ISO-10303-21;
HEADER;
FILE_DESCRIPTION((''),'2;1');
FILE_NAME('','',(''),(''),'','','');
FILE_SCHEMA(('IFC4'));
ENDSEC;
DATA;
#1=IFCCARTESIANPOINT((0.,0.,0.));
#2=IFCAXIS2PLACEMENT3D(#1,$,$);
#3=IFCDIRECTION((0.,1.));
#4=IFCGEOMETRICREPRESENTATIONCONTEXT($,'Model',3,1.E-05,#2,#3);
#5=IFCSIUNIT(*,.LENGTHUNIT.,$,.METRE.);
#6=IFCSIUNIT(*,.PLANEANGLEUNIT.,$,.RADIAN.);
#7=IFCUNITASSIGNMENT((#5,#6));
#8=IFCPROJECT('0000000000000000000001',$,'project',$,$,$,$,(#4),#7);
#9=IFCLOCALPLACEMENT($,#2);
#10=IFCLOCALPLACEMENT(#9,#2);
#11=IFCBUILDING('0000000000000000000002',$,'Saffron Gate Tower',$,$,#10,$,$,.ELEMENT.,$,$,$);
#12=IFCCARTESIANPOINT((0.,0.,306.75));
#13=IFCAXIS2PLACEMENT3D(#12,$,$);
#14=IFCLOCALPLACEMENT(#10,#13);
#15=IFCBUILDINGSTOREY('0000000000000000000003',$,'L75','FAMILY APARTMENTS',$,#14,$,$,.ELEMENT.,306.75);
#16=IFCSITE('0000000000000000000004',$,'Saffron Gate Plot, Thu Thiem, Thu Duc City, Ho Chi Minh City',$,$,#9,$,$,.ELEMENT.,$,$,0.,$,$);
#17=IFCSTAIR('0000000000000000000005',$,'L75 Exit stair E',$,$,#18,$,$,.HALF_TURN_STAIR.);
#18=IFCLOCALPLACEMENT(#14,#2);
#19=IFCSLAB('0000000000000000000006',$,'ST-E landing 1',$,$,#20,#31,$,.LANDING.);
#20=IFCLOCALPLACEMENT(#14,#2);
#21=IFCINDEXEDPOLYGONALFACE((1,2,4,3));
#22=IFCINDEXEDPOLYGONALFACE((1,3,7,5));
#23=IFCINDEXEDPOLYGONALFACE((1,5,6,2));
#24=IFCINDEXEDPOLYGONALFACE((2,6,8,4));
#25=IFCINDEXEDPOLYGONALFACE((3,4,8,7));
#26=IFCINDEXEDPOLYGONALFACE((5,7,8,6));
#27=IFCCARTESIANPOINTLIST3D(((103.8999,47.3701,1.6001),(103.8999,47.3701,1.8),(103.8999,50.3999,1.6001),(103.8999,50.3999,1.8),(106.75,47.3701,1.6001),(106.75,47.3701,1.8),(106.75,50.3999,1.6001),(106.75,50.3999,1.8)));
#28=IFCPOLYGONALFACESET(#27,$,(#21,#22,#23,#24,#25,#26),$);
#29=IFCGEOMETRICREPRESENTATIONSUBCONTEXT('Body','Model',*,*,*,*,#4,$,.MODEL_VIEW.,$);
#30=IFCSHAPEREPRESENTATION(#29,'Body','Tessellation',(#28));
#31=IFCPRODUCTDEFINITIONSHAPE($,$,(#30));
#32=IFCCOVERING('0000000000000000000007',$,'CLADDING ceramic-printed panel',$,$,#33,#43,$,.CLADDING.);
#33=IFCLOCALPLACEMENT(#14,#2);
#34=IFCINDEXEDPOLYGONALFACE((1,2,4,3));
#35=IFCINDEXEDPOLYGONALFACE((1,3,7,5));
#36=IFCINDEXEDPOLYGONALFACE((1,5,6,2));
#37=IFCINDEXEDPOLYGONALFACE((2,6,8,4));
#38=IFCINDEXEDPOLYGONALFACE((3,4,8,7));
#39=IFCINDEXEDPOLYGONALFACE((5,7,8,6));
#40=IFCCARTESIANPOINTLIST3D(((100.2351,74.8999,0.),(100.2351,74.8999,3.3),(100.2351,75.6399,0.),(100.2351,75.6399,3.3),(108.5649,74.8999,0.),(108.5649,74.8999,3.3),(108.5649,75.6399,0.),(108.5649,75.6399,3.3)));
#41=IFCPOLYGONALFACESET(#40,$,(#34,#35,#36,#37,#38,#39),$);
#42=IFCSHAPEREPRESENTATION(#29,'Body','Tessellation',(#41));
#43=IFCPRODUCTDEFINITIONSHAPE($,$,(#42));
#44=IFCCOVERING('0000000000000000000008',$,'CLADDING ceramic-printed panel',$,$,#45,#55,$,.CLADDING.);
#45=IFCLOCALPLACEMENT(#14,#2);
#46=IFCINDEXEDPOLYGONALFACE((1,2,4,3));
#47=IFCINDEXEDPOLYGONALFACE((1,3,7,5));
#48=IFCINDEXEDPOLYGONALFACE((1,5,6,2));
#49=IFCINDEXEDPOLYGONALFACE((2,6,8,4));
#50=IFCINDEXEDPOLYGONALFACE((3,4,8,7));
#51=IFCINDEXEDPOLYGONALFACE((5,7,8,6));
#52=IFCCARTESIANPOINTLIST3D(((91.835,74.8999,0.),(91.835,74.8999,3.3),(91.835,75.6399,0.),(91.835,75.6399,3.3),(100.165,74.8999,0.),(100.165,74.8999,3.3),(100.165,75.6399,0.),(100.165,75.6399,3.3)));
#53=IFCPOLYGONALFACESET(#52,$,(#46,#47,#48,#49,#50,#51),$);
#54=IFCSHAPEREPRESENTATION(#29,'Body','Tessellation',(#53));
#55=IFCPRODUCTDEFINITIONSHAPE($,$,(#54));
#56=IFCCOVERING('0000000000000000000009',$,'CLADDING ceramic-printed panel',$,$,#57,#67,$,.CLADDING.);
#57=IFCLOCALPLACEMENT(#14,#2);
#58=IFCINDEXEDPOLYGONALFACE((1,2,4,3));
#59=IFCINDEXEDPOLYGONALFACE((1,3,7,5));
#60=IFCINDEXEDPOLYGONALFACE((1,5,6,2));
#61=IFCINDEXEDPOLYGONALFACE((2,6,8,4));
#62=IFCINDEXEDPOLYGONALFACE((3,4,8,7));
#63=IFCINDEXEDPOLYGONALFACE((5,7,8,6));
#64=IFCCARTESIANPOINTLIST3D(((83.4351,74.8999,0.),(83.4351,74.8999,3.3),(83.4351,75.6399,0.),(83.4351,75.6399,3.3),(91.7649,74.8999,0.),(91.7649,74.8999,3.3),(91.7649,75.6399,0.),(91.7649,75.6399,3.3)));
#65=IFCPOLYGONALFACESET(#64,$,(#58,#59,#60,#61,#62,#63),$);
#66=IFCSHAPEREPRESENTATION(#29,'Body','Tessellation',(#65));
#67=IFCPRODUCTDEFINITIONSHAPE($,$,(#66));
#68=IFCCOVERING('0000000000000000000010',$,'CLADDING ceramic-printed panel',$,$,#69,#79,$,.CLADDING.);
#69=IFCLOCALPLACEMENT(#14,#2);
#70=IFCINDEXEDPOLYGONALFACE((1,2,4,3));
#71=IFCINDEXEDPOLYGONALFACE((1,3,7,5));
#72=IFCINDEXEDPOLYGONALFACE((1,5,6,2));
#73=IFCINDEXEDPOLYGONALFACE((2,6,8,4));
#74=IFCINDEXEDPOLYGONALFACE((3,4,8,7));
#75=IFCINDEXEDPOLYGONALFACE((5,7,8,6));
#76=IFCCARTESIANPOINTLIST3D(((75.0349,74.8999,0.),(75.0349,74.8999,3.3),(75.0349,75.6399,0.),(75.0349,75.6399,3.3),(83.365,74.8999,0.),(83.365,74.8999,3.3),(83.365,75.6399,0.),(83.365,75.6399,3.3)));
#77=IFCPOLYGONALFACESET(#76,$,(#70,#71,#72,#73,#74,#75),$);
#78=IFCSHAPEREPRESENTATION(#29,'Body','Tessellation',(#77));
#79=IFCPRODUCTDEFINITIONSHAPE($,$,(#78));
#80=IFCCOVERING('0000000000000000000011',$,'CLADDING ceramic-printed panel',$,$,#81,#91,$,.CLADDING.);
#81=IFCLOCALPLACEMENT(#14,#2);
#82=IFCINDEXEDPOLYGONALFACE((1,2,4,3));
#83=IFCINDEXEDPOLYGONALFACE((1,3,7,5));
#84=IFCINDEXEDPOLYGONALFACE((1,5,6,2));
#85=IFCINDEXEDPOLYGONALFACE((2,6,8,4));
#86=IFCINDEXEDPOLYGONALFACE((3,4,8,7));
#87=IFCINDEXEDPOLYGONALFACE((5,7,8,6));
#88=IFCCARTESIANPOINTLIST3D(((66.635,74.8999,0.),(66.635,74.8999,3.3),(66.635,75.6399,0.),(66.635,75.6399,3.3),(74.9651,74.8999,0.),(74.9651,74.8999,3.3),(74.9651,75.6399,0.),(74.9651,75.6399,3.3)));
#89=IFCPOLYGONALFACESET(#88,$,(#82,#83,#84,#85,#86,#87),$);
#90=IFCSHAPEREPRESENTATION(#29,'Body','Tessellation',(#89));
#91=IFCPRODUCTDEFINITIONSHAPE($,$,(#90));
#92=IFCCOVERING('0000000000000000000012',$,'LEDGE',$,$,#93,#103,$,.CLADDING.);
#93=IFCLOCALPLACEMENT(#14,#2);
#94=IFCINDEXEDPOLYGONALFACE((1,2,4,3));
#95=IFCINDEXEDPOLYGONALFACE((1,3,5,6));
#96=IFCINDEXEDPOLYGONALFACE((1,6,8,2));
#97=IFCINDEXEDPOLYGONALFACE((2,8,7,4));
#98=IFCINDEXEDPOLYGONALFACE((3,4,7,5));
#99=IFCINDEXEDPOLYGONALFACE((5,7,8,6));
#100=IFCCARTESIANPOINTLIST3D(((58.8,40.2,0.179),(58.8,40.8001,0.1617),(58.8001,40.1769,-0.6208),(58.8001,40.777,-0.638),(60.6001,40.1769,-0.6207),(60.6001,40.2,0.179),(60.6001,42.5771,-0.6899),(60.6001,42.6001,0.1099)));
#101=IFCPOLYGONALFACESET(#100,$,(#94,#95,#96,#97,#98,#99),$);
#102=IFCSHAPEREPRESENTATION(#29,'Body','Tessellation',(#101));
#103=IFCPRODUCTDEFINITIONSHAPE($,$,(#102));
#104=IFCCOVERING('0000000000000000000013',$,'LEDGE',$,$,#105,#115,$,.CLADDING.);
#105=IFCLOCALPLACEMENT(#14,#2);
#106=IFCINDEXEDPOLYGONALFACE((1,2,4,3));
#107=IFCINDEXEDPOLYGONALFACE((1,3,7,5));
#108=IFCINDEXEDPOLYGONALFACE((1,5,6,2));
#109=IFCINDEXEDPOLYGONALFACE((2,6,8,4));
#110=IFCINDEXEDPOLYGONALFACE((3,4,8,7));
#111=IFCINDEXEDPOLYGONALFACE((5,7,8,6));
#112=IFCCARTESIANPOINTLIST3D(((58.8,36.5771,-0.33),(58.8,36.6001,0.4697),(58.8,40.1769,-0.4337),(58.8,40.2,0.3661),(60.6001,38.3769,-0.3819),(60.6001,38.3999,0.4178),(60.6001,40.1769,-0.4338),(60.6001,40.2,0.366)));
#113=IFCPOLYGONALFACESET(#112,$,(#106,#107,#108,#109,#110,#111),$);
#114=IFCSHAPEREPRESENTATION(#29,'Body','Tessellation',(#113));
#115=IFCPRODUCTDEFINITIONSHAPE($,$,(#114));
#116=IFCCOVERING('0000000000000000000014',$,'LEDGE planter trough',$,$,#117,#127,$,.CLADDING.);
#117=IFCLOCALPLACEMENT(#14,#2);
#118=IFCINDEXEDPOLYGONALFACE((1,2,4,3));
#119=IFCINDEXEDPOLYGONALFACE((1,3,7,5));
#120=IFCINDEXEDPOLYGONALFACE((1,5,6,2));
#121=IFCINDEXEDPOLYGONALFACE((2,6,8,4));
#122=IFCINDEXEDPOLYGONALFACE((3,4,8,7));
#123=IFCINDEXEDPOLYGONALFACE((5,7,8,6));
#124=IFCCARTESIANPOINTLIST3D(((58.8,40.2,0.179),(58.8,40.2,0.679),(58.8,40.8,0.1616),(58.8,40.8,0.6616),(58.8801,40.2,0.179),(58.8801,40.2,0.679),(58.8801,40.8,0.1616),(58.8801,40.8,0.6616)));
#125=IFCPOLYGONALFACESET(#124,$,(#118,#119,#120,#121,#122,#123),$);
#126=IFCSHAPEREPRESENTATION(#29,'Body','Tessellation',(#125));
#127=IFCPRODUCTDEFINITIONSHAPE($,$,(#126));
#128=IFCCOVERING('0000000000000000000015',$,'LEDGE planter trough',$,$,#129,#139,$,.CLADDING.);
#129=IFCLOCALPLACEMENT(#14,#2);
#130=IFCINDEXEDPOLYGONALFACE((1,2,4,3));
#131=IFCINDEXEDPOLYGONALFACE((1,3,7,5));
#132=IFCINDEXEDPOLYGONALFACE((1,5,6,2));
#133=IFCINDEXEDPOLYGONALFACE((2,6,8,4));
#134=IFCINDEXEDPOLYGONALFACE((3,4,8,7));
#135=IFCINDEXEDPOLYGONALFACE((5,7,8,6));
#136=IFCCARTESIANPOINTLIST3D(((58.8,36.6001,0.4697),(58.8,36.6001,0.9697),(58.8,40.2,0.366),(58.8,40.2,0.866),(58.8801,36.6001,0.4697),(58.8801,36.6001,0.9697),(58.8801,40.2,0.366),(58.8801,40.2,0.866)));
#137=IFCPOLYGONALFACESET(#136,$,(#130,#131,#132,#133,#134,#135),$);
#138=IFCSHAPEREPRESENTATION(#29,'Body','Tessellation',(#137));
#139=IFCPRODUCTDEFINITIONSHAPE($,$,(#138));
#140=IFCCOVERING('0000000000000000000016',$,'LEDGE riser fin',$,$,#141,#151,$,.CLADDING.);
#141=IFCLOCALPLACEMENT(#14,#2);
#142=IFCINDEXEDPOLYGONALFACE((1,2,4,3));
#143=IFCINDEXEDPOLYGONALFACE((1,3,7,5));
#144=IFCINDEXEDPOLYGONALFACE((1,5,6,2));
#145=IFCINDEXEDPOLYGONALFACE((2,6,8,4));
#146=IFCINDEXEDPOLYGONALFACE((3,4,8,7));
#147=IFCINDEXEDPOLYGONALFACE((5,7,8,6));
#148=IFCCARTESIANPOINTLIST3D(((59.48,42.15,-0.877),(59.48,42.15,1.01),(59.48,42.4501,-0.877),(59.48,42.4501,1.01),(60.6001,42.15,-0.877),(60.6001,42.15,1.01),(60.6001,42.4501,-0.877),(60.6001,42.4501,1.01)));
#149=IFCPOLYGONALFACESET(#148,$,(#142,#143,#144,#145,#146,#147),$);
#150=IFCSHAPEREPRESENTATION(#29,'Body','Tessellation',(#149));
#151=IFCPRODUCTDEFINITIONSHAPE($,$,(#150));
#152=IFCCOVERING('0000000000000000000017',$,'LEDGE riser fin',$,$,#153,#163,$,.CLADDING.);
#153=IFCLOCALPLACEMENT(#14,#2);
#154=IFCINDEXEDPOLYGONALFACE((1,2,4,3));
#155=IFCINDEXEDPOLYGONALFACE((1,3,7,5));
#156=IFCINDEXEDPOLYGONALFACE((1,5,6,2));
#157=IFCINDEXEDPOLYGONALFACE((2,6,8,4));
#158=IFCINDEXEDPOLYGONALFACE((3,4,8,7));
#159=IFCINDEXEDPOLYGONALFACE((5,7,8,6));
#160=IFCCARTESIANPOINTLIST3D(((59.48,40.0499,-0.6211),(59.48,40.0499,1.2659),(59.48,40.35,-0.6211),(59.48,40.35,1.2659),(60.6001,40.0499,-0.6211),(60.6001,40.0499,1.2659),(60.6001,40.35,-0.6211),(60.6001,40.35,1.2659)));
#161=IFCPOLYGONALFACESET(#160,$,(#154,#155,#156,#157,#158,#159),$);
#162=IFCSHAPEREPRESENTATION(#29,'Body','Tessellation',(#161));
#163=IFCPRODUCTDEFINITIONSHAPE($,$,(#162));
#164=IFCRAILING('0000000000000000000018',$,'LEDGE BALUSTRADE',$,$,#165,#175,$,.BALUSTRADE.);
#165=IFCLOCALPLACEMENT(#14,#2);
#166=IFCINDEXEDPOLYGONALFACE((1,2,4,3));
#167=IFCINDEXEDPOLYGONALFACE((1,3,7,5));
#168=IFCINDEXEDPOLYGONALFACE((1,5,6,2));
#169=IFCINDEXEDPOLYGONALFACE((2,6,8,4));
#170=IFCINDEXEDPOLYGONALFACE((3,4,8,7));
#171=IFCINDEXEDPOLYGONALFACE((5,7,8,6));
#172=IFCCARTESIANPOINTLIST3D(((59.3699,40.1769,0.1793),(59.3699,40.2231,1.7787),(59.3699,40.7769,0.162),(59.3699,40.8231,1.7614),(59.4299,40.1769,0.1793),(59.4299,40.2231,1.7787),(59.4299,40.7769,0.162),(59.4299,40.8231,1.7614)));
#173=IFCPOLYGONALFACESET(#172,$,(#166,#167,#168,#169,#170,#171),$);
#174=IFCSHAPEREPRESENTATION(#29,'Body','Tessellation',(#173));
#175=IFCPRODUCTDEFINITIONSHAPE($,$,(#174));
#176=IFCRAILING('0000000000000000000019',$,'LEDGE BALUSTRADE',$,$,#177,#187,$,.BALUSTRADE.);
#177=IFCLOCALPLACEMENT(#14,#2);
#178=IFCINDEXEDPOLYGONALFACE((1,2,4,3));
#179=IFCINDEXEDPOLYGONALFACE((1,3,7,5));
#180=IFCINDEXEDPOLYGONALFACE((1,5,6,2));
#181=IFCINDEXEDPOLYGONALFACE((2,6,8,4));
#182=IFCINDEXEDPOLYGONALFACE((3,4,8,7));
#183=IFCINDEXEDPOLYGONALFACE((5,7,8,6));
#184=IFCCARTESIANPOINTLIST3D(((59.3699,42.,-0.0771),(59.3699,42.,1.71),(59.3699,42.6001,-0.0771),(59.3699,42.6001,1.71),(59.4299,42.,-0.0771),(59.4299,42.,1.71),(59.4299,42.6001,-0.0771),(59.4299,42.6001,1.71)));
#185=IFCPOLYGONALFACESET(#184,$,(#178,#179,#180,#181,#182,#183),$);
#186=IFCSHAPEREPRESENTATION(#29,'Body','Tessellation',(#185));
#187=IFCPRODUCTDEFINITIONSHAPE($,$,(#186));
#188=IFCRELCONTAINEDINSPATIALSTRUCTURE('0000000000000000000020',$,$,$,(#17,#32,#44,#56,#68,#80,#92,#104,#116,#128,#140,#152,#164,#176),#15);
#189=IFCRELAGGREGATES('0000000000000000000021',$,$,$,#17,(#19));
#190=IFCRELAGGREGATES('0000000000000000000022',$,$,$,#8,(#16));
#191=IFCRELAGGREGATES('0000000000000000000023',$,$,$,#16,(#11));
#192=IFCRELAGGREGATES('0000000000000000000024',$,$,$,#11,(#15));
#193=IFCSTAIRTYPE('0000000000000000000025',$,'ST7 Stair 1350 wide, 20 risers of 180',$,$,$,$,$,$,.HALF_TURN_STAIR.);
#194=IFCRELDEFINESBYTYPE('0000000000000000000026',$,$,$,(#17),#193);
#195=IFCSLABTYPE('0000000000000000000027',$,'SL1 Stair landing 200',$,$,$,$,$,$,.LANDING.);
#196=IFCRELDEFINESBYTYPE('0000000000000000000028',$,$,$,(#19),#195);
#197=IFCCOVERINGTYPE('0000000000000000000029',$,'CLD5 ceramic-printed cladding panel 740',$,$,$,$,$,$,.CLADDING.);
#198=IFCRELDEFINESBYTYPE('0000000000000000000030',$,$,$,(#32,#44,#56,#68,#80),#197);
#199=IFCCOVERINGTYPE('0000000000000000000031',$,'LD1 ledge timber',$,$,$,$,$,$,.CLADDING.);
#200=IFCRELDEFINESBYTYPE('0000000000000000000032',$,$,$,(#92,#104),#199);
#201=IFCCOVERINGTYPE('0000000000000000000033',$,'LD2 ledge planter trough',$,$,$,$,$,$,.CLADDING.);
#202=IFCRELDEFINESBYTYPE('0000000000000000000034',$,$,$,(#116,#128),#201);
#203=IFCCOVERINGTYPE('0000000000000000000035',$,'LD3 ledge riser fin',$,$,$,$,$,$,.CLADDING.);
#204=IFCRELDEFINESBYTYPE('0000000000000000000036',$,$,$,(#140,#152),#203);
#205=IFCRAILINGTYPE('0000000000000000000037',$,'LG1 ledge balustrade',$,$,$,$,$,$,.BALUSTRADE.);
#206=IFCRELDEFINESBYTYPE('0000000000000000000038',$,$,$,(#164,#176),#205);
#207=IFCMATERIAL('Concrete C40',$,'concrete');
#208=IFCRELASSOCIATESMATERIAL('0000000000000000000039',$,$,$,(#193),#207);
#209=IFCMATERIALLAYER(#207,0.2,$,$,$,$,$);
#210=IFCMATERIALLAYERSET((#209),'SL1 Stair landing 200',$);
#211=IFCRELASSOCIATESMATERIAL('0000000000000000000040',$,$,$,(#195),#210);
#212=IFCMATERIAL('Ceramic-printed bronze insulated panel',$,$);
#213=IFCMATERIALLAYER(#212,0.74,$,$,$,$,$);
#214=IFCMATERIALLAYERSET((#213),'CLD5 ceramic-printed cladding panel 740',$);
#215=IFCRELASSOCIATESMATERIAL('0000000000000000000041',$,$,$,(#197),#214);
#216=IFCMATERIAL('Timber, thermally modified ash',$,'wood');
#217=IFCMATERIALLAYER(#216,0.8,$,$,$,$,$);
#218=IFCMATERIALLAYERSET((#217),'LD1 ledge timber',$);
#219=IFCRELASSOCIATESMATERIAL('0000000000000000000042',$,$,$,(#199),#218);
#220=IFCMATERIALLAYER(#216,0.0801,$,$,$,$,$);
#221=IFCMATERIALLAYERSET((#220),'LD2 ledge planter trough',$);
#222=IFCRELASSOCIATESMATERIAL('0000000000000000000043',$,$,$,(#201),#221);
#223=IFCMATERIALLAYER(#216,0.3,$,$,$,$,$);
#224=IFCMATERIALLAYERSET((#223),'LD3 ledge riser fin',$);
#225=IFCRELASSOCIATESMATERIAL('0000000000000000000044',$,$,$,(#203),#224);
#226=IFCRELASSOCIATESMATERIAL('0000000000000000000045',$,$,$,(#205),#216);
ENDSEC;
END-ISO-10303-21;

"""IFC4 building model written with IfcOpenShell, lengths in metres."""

from ifc_helpers import new_model, si_unit, direction, frame, origin, origin_2d, place, context, subcontext, project, spatial, polyline, rectangle, outline, extrude, material, layer, layer_set, type_object, element, aggregate, save


model = new_model("IFC4")

# Units and contexts
model_context = context("Model", 3, precision=1e-05, world=origin(), true_north=direction((0.0, 1.0)))
body_context = subcontext(model_context, "Body", "Model", "MODEL_VIEW")
ifc_project = project(units=[si_unit("LENGTHUNIT", "METRE"), si_unit("PLANEANGLEUNIT", "RADIAN")], contexts=[model_context])

# Site, building, storey
site_placement = place(None, origin())
site = spatial("IfcSite", under=ifc_project, at=site_placement, Name="Saffron Gate Plot, Thu Thiem, Thu Duc City, Ho Chi Minh City", CompositionType="ELEMENT", RefElevation=0.0)
building_placement = place(site_placement, origin())
building = spatial("IfcBuilding", under=site, at=building_placement, Name="Saffron Gate Tower", CompositionType="ELEMENT")
storey_placement = place(building_placement, frame((0.0, 0.0, 306.75)))
storey = spatial("IfcBuildingStorey", under=building, at=storey_placement, Name="L75", Description="FAMILY APARTMENTS", CompositionType="ELEMENT", Elevation=306.75)

# Shared definitions
ifc_material_1 = material(Name="Concrete C40", Category="concrete")

# Stair, slab
stair_type = type_object("IfcStairType", Name="ST7 Stair 1350 wide, 20 risers of 180", PredefinedType="HALF_TURN_STAIR", material=ifc_material_1)
ifc_layer_1 = layer(ifc_material_1, 0.2)
ifc_layer_set_1 = layer_set([ifc_layer_1], Name="SL1 Stair landing 200")
slab_type_1 = type_object("IfcSlabType", Name="SL1 Stair landing 200", PredefinedType="LANDING", material=ifc_layer_set_1)
stair_1_placement = place(storey_placement, origin())
stair_1 = element("IfcStair", 1, at=stair_1_placement, inside=storey, type_object=stair_type, Name="L75 Exit stair E", PredefinedType="HALF_TURN_STAIR")
slab_1_placement = place(storey_placement, frame((0.0, 0.0, 1.6001)))
slab_1 = element("IfcSlab", 2, at=slab_1_placement, type_object=slab_type_1, Name="ST-E landing 1", PredefinedType="LANDING", context=body_context, shape_type="SweptSolid", body=[
    extrude(outline(polyline([(106.75, 47.3701), (106.75, 50.3999), (103.8999, 50.3999), (103.8999, 47.3701), (106.75, 47.3701)])), origin(), (0.0, 0.0, 1.0), 0.2),
])
aggregate(stair_1, [slab_1])

# Coverings
ifc_material_2 = material(Name="Ceramic-printed bronze insulated panel")
ifc_layer_2 = layer(ifc_material_2, 0.74)
ifc_layer_set_2 = layer_set([ifc_layer_2], Name="CLD5 ceramic-printed cladding panel 740")
covering_type_1 = type_object("IfcCoveringType", Name="CLD5 ceramic-printed cladding panel 740", PredefinedType="CLADDING", material=ifc_layer_set_2)
covering_1_placement = place(storey_placement, origin())
element("IfcCovering", 3, at=covering_1_placement, inside=storey, type_object=covering_type_1, Name="CLADDING ceramic-printed panel", PredefinedType="CLADDING", context=body_context, shape_type="SweptSolid", body=[
    extrude(outline(polyline([(108.5649, 75.6399), (100.2351, 75.6399), (100.2351, 74.8999), (108.5649, 74.8999), (108.5649, 75.6399)])), origin(), (0.0, 0.0, 1.0), 3.3),
])
covering_2_placement = place(storey_placement, origin())
element("IfcCovering", 4, at=covering_2_placement, inside=storey, type_object=covering_type_1, Name="CLADDING ceramic-printed panel", PredefinedType="CLADDING", context=body_context, shape_type="SweptSolid", body=[
    extrude(outline(polyline([(100.165, 75.6399), (91.835, 75.6399), (91.835, 74.8999), (100.165, 74.8999), (100.165, 75.6399)])), origin(), (0.0, 0.0, 1.0), 3.3),
])
covering_3_placement = place(storey_placement, origin())
element("IfcCovering", 5, at=covering_3_placement, inside=storey, type_object=covering_type_1, Name="CLADDING ceramic-printed panel", PredefinedType="CLADDING", context=body_context, shape_type="SweptSolid", body=[
    extrude(outline(polyline([(91.7649, 75.6399), (83.4351, 75.6399), (83.4351, 74.8999), (91.7649, 74.8999), (91.7649, 75.6399)])), origin(), (0.0, 0.0, 1.0), 3.3),
])
covering_4_placement = place(storey_placement, origin())
element("IfcCovering", 6, at=covering_4_placement, inside=storey, type_object=covering_type_1, Name="CLADDING ceramic-printed panel", PredefinedType="CLADDING", context=body_context, shape_type="SweptSolid", body=[
    extrude(outline(polyline([(83.365, 75.6399), (75.0349, 75.6399), (75.0349, 74.8999), (83.365, 74.8999), (83.365, 75.6399)])), origin(), (0.0, 0.0, 1.0), 3.3),
])
covering_5_placement = place(storey_placement, origin())
element("IfcCovering", 7, at=covering_5_placement, inside=storey, type_object=covering_type_1, Name="CLADDING ceramic-printed panel", PredefinedType="CLADDING", context=body_context, shape_type="SweptSolid", body=[
    extrude(outline(polyline([(74.9651, 75.6399), (66.635, 75.6399), (66.635, 74.8999), (74.9651, 74.8999), (74.9651, 75.6399)])), origin(), (0.0, 0.0, 1.0), 3.3),
])
ifc_material_3 = material(Name="Timber, thermally modified ash", Category="wood")
ifc_layer_3 = layer(ifc_material_3, 0.8)
ifc_layer_set_3 = layer_set([ifc_layer_3], Name="LD1 ledge timber")
covering_type_2 = type_object("IfcCoveringType", Name="LD1 ledge timber", PredefinedType="CLADDING", material=ifc_layer_set_3)
covering_6_placement = place(storey_placement, frame((60.6001, 42.6001, 0.1099), z_axis=(-0.000026, 0.028794, 0.999585), x_axis=(0.0, -0.999585, 0.028794)))
element("IfcCovering", 8, at=covering_6_placement, inside=storey, type_object=covering_type_2, Name="LEDGE", PredefinedType="CLADDING", context=body_context, shape_type="SweptSolid", body=[
    extrude(outline(polyline([(0.0, 0.0), (2.4011, 0.0), (2.4011, -1.8), (1.8008, -1.8), (0.0, 0.0)])), origin(), (0.0, 0.0, -1.0), 0.8),
])
covering_7_placement = place(storey_placement, frame((60.6001, 40.2, 0.366), z_axis=(0.000046, 0.028788, 0.999586), x_axis=(0.0, -0.999586, 0.028788)))
element("IfcCovering", 9, at=covering_7_placement, inside=storey, type_object=covering_type_2, Name="LEDGE", PredefinedType="CLADDING", context=body_context, shape_type="SweptSolid", body=[
    extrude(outline(polyline([(0.0, 0.0), (1.8008, 0.0), (3.6013, -1.8), (0.0, -1.8), (0.0, 0.0)])), origin(), (0.0, 0.0, -1.0), 0.8),
])
ifc_layer_4 = layer(ifc_material_3, 0.0801)
ifc_layer_set_4 = layer_set([ifc_layer_4], Name="LD2 ledge planter trough")
covering_type_3 = type_object("IfcCoveringType", Name="LD2 ledge planter trough", PredefinedType="CLADDING", material=ifc_layer_set_4)
covering_8_placement = place(storey_placement, frame((58.8, 40.8, 0.1616), z_axis=(-1.0, 0.0, 0.0), x_axis=(0.0, -0.999583, 0.028873)))
element("IfcCovering", 10, at=covering_8_placement, inside=storey, type_object=covering_type_3, Name="LEDGE planter trough", PredefinedType="CLADDING", context=body_context, shape_type="SweptSolid", body=[
    extrude(outline(polyline([(0.0, 0.0), (0.6003, 0.0), (0.6148, 0.4998), (0.0144, 0.4998), (0.0, 0.0)])), origin(), (0.0, 0.0, -1.0), 0.0801),
])
covering_9_placement = place(storey_placement, frame((58.8, 40.2, 0.366), z_axis=(-1.0, 0.0, 0.0), x_axis=(0.0, -0.999585, 0.028811)))
element("IfcCovering", 11, at=covering_9_placement, inside=storey, type_object=covering_type_3, Name="LEDGE planter trough", PredefinedType="CLADDING", context=body_context, shape_type="SweptSolid", body=[
    extrude(outline(polyline([(0.0, 0.0), (3.6013, 0.0), (3.6158, 0.4998), (0.0144, 0.4998), (0.0, 0.0)])), origin(), (0.0, 0.0, -1.0), 0.0801),
])
ifc_layer_5 = layer(ifc_material_3, 0.3)
ifc_layer_set_5 = layer_set([ifc_layer_5], Name="LD3 ledge riser fin")
covering_type_4 = type_object("IfcCoveringType", Name="LD3 ledge riser fin", PredefinedType="CLADDING", material=ifc_layer_set_5)
for number, where, z_axis, x_axis, name in (
    (12, (60.04, 42.3, -0.877), (0.0, 0.0, 1.0), (0.0, -1.0, 0.0), "LEDGE riser fin"),
    (13, (60.04, 40.2, -0.6211), (0.0, 0.0, 1.0), (0.0, -1.0, 0.0), "LEDGE riser fin"),
):
    element("IfcCovering", number, at=place(storey_placement, frame(where, z_axis=z_axis, x_axis=x_axis)), inside=storey, type_object=covering_type_4, Name=name, PredefinedType="CLADDING", context=body_context, shape_type="SweptSolid", body=[
        extrude(rectangle(XDim=0.3, YDim=1.1201, at=origin_2d()), origin(), (0.0, 0.0, 1.0), 1.887),
    ])

# Railings
railing_type = type_object("IfcRailingType", Name="LG1 ledge balustrade", PredefinedType="BALUSTRADE", material=ifc_material_3)
railing_1_placement = place(storey_placement, frame((59.3999, 40.8, 0.1616)))
element("IfcRailing", 14, at=railing_1_placement, inside=storey, type_object=railing_type, Name="LEDGE BALUSTRADE", PredefinedType="BALUSTRADE", context=body_context, shape_type="SweptSolid", body=[
    extrude(rectangle(XDim=0.0601, YDim=1.6001, at=origin_2d()), frame((0.0, 0.0, 0.8), z_axis=(0.0, -0.999583, 0.028873), x_axis=(1.0, 0.0, 0.0)), (0.0, 0.0, 1.0), 0.6003),
])
railing_2_placement = place(storey_placement, frame((59.3999, 42.6001, -0.0771)))
element("IfcRailing", 15, at=railing_2_placement, inside=storey, type_object=railing_type, Name="LEDGE BALUSTRADE", PredefinedType="BALUSTRADE", context=body_context, shape_type="SweptSolid", body=[
    extrude(rectangle(XDim=0.0601, YDim=1.7871, at=origin_2d()), frame((0.0, 0.0, 0.8936), z_axis=(0.0, -1.0, 0.0), x_axis=(1.0, 0.0, 0.0)), (0.0, 0.0, 1.0), 0.6001),
])

save(model, "model.ifc")
